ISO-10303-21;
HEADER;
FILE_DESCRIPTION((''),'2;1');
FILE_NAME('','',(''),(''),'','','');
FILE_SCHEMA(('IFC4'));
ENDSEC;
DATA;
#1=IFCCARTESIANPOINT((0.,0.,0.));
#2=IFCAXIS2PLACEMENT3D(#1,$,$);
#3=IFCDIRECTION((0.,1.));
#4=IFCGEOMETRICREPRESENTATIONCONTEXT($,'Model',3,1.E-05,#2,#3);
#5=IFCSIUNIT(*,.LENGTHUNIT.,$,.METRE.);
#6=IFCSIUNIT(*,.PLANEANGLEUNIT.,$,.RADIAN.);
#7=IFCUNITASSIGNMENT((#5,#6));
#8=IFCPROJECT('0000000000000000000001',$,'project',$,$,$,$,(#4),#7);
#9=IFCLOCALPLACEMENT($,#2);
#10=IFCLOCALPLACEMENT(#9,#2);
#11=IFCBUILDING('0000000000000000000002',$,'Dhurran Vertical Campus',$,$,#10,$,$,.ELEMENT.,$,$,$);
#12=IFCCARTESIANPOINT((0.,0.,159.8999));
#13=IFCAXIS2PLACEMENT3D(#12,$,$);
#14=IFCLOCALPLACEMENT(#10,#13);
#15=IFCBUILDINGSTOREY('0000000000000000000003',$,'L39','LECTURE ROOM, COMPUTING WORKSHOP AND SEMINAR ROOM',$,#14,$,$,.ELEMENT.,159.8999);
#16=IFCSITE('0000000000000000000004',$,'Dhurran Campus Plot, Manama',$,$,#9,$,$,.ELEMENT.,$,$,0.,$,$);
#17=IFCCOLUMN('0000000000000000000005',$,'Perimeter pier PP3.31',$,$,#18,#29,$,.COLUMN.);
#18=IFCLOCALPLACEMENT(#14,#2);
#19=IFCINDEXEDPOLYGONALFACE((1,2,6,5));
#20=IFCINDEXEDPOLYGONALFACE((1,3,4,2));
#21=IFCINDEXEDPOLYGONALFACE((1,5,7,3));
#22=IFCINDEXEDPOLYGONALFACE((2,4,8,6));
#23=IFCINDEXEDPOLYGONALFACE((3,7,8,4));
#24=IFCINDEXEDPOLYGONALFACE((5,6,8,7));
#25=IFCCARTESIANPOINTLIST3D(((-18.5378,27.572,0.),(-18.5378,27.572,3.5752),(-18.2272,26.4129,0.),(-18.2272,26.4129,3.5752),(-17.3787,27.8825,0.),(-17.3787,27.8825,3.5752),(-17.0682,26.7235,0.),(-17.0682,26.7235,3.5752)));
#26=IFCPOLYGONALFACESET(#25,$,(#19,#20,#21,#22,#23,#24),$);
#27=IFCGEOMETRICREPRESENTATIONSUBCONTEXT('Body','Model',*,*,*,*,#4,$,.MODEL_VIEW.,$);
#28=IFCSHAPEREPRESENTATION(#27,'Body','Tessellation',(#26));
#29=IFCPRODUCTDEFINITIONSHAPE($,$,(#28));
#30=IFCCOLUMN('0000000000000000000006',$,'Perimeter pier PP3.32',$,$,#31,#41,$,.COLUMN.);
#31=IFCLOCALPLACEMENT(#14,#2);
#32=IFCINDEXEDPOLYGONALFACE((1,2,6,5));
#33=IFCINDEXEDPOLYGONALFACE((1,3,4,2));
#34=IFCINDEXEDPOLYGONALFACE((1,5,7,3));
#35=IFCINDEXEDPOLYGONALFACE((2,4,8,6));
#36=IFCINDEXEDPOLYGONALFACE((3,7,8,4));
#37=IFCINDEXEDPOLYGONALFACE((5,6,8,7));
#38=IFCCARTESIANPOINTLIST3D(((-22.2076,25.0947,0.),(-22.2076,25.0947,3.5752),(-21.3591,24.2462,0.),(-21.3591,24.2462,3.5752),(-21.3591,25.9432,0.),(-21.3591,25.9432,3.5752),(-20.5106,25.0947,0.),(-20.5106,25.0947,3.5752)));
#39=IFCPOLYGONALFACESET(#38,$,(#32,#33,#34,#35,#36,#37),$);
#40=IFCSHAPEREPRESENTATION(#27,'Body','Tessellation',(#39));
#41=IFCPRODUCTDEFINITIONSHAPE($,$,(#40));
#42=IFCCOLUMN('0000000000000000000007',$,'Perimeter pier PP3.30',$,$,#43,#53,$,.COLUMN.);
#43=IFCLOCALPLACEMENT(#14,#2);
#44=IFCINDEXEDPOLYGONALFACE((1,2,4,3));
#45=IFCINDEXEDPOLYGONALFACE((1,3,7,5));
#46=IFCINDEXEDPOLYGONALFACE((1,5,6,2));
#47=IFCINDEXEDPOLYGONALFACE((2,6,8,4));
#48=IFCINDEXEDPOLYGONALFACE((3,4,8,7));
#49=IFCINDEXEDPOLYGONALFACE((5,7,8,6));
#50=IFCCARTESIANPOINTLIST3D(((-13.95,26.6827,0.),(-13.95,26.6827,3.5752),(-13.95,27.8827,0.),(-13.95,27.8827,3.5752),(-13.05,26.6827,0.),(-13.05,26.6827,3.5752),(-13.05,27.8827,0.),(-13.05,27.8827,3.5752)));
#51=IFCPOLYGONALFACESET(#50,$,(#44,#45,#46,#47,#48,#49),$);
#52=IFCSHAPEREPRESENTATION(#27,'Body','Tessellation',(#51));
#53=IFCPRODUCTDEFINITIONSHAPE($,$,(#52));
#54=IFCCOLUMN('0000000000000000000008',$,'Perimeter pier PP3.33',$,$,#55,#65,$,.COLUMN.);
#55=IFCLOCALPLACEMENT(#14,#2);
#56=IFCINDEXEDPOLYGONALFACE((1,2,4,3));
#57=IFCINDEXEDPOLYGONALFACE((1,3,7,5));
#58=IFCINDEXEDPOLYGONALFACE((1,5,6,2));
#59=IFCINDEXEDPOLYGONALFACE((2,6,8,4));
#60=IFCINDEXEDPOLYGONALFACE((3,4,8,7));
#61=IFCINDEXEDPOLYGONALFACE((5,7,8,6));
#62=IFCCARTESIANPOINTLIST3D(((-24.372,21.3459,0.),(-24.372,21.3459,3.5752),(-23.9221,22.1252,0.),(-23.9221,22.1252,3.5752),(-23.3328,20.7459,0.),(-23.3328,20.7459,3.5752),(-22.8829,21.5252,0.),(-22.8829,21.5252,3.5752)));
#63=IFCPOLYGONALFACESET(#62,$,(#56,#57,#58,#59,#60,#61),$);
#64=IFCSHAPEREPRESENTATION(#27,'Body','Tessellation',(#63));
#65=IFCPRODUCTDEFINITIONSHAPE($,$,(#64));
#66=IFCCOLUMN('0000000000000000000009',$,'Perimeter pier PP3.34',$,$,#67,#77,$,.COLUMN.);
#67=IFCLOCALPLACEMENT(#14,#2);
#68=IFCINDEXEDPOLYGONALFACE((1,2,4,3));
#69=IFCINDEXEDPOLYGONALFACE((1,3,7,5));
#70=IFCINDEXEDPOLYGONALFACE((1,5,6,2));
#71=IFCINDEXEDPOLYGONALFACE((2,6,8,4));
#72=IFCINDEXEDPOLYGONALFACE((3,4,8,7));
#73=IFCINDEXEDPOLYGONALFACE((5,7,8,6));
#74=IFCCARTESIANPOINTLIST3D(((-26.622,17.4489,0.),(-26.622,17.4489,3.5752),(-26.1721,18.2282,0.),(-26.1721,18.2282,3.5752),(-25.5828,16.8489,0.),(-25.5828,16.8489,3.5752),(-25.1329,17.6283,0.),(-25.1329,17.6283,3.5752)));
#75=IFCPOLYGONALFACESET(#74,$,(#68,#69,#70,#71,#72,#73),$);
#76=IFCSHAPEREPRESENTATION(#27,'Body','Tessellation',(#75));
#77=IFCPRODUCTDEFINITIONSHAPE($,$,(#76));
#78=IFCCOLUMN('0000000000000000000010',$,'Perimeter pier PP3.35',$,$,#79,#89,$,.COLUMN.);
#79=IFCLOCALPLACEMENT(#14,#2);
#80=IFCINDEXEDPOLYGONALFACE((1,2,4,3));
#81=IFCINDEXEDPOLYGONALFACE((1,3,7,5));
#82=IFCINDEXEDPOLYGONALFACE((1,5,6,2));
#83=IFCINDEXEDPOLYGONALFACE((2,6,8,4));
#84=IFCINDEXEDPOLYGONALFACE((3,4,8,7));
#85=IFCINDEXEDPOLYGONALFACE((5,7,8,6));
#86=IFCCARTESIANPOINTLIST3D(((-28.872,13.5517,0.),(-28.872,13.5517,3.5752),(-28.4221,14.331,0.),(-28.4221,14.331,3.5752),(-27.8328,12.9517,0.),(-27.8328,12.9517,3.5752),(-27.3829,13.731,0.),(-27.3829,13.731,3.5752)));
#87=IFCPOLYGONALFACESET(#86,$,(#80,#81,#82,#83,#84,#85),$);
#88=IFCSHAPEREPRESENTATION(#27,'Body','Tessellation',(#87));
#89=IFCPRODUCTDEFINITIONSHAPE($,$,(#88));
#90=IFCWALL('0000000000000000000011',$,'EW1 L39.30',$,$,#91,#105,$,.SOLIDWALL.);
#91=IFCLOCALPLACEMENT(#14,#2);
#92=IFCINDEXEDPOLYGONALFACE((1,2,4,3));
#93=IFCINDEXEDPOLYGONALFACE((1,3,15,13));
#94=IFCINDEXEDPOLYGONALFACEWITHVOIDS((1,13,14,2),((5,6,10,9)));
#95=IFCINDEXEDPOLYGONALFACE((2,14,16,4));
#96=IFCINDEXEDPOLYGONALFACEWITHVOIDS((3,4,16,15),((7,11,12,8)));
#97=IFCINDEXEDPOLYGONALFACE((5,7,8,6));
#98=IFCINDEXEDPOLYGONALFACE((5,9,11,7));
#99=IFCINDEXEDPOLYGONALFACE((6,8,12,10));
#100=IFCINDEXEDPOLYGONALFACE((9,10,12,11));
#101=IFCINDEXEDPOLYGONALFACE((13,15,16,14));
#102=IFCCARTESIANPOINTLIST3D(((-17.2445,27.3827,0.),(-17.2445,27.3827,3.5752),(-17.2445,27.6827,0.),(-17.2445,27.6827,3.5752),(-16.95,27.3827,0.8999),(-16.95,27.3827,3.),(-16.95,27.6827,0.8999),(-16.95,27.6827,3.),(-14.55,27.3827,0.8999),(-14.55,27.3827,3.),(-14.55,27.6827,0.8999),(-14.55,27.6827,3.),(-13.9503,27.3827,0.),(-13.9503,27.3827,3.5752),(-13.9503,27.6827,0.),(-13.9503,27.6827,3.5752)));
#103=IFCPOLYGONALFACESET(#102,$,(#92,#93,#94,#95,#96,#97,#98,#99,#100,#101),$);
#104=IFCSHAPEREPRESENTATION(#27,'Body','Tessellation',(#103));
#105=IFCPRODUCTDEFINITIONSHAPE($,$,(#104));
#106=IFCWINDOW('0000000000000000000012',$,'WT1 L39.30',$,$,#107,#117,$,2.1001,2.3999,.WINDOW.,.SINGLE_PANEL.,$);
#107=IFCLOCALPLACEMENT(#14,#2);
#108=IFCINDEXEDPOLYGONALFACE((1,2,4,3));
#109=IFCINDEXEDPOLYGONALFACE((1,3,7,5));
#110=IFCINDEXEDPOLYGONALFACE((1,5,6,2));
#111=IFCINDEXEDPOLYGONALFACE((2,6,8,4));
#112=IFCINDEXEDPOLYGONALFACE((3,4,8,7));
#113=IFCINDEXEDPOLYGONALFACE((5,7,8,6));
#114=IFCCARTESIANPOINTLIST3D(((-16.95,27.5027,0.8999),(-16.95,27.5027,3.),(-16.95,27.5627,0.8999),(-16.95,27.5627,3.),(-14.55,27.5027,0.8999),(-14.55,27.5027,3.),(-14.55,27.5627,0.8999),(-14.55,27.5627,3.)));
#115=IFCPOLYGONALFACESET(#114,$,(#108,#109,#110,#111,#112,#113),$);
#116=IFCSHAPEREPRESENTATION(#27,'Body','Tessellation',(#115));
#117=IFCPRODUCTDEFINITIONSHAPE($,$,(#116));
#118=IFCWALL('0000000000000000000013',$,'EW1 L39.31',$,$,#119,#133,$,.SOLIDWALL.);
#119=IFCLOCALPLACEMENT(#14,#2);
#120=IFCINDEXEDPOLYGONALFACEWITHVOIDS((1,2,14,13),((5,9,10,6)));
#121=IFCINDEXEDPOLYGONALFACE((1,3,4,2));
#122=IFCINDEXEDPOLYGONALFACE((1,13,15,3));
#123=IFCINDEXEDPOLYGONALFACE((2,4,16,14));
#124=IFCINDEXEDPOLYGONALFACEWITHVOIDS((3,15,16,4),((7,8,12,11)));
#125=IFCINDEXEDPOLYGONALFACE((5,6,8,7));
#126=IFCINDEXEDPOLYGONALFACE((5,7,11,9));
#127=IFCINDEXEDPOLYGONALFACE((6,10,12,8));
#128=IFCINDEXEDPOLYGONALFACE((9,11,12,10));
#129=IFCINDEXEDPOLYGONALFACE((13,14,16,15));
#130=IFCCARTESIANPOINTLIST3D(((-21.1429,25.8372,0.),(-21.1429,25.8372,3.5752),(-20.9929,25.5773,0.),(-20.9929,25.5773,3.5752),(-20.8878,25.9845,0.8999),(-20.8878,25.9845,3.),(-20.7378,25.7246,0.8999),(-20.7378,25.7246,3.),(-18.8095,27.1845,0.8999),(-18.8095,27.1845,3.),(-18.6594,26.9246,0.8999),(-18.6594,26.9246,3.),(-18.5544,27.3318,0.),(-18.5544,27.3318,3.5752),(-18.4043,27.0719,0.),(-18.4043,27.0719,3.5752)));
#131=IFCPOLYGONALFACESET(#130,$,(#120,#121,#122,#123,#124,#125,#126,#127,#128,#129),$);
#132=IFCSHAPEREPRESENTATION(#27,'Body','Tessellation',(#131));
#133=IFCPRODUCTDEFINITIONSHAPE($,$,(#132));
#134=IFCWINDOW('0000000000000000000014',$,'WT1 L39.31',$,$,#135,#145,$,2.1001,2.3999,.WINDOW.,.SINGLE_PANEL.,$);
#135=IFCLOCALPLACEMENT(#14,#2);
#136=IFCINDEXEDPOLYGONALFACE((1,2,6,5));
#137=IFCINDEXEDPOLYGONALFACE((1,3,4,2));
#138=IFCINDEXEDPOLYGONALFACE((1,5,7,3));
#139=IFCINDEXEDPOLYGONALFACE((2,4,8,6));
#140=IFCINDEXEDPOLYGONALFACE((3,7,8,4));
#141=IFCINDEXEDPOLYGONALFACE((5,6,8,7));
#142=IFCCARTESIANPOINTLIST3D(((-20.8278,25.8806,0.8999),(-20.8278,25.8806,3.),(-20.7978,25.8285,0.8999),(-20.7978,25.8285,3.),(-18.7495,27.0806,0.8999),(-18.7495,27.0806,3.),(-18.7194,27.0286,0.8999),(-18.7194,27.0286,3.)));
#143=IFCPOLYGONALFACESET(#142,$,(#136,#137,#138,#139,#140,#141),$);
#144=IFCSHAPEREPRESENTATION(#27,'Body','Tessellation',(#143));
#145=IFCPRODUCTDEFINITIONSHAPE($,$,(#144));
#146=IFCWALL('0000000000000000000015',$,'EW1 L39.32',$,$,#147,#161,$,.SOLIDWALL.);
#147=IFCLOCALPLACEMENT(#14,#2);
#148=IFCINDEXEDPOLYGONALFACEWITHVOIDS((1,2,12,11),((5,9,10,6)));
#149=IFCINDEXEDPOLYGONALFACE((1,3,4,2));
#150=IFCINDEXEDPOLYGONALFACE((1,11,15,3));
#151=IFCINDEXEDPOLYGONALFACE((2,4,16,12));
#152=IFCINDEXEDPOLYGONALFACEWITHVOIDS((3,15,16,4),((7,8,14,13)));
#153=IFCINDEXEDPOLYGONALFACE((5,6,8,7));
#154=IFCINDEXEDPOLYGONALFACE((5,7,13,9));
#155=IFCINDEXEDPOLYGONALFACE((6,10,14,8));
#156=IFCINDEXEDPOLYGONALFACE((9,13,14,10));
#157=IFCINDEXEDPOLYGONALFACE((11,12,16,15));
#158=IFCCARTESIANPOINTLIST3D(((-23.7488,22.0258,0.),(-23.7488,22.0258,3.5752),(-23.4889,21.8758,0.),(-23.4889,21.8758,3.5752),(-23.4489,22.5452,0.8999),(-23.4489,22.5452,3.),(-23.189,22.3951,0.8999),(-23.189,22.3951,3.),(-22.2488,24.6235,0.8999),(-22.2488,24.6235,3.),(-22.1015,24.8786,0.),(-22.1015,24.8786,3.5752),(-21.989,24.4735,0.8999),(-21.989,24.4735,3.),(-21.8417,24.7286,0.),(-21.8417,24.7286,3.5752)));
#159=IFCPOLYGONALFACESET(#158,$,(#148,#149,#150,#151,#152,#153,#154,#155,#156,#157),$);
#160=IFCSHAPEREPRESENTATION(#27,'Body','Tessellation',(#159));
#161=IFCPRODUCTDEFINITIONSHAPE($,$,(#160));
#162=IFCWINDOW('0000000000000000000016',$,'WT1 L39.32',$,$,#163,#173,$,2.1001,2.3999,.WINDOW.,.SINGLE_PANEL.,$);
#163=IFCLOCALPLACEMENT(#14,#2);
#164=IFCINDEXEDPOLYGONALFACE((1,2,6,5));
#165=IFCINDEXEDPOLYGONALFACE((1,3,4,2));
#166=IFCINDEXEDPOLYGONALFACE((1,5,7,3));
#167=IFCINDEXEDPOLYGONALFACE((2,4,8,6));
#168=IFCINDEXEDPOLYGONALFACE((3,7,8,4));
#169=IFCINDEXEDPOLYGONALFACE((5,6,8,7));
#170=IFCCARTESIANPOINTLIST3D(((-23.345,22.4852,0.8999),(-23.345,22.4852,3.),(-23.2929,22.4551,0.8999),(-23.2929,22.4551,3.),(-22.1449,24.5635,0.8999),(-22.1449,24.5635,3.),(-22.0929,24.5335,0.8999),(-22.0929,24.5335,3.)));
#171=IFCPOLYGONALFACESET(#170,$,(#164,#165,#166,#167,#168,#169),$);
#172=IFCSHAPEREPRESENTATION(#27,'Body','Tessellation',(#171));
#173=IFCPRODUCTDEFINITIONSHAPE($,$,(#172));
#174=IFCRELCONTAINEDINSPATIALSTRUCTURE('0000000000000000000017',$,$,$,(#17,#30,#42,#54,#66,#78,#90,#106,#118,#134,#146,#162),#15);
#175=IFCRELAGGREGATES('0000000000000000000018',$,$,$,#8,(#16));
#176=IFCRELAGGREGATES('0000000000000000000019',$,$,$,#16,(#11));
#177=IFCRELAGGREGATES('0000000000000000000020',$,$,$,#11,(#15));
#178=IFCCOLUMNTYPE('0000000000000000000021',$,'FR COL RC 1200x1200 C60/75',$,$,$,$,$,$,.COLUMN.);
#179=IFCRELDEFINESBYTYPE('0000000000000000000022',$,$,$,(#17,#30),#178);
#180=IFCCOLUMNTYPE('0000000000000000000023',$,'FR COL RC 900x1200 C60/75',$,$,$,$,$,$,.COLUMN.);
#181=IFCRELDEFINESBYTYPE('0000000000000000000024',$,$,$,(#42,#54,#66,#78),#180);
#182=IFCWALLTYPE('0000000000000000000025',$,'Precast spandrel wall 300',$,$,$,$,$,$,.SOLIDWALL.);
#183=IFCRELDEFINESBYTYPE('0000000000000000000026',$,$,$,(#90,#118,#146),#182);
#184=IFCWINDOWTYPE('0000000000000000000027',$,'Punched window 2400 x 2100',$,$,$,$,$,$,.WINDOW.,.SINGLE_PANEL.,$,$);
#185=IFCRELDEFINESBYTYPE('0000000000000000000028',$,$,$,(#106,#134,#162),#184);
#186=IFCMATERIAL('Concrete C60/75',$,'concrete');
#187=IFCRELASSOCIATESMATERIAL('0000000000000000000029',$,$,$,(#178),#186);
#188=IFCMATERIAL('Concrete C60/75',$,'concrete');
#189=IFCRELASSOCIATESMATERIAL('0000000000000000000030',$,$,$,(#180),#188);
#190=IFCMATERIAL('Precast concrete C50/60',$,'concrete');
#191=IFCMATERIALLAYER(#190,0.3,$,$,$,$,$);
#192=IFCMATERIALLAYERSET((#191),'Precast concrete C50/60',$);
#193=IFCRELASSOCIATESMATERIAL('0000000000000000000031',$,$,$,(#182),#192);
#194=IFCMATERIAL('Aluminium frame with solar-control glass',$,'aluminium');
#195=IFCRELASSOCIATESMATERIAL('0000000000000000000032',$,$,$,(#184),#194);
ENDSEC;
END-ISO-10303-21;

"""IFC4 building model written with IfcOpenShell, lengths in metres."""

from ifc_helpers import new_model, si_unit, direction, frame, frame_2d, origin, origin_2d, place, context, subcontext, project, spatial, rectangle, extrude, material, layer, layer_set, material_profile, profile_set, type_object, element, fill, save


model = new_model("IFC4")

# Units and contexts
model_context = context("Model", 3, precision=1e-05, world=origin(), true_north=direction((0.0, 1.0)))
body_context = subcontext(model_context, "Body", "Model", "MODEL_VIEW")
ifc_project = project(units=[si_unit("LENGTHUNIT", "METRE"), si_unit("PLANEANGLEUNIT", "RADIAN")], contexts=[model_context])

# Site, building, storey
site_placement = place(None, origin())
site = spatial("IfcSite", under=ifc_project, at=site_placement, Name="Dhurran Campus Plot, Manama", CompositionType="ELEMENT", RefElevation=0.0)
building_placement = place(site_placement, origin())
building = spatial("IfcBuilding", under=site, at=building_placement, Name="Dhurran Vertical Campus", CompositionType="ELEMENT")
storey_placement = place(building_placement, frame((0.0, 0.0, 159.8999)))
storey = spatial("IfcBuildingStorey", under=building, at=storey_placement, Name="L39", Description="LECTURE ROOM, COMPUTING WORKSHOP AND SEMINAR ROOM", CompositionType="ELEMENT", Elevation=159.8999)

# Columns
ifc_material_1 = material(Name="Concrete C60/75", Category="concrete")
ifc_material_profile_1 = material_profile(ifc_material_1, rectangle(XDim=1.2, YDim=1.2, at=origin_2d()), Name="RC 1200x1200")
ifc_profile_set_1 = profile_set([ifc_material_profile_1], Name="Concrete C60/75")
column_type_1 = type_object("IfcColumnType", Name="FR COL RC 1200x1200 C60/75", PredefinedType="COLUMN", material=ifc_profile_set_1)
for number, where, z_axis, x_axis, name in (
    (1, (-17.803, 27.1477, 0.0), (0.0, 0.0, 1.0), (-0.965926, -0.258819, 0.0), "Perimeter pier PP3.31"),
    (2, (-21.3591, 25.0947, 0.0), (0.0, 0.0, 1.0), (-0.707107, -0.707107, 0.0), "Perimeter pier PP3.32"),
):
    element("IfcColumn", number, at=place(storey_placement, frame(where, z_axis=z_axis, x_axis=x_axis)), inside=storey, type_object=column_type_1, Name=name, PredefinedType="COLUMN", context=body_context, shape_type="SweptSolid", body=[
        extrude(rectangle(XDim=1.2, YDim=1.2, at=origin_2d()), origin(), (0.0, 0.0, 1.0), 3.5752),
    ])
ifc_material_2 = material(Name="Concrete C60/75", Category="concrete")
ifc_material_profile_2 = material_profile(ifc_material_2, rectangle(XDim=0.8999, YDim=1.2, at=origin_2d()), Name="RC 900x1200")
ifc_profile_set_2 = profile_set([ifc_material_profile_2], Name="Concrete C60/75")
column_type_2 = type_object("IfcColumnType", Name="FR COL RC 900x1200 C60/75", PredefinedType="COLUMN", material=ifc_profile_set_2)
for number, where, z_axis, x_axis, name in (
    (3, (-13.5, 27.2827, 0.0), (0.0, 0.0, 1.0), (-1.0, 0.0, 0.0), "Perimeter pier PP3.30"),
    (4, (-23.6274, 21.4355, 0.0), (0.0, 0.0, 1.0), (-0.5, -0.866025, 0.0), "Perimeter pier PP3.33"),
    (5, (-25.8774, 17.5386, 0.0), (0.0, 0.0, 1.0), (-0.5, -0.866025, 0.0), "Perimeter pier PP3.34"),
    (6, (-28.1274, 13.6414, 0.0), (0.0, 0.0, 1.0), (-0.5, -0.866025, 0.0), "Perimeter pier PP3.35"),
):
    element("IfcColumn", number, at=place(storey_placement, frame(where, z_axis=z_axis, x_axis=x_axis)), inside=storey, type_object=column_type_2, Name=name, PredefinedType="COLUMN", context=body_context, shape_type="SweptSolid", body=[
        extrude(rectangle(XDim=0.8999, YDim=1.2, at=origin_2d()), origin(), (0.0, 0.0, 1.0), 3.5752),
    ])

# Walls, openings, windows
ifc_material_3 = material(Name="Precast concrete C50/60", Category="concrete")
ifc_layer_1 = layer(ifc_material_3, 0.3)
ifc_layer_set_1 = layer_set([ifc_layer_1], Name="Precast concrete C50/60")
wall_type_1 = type_object("IfcWallType", Name="Precast spandrel wall 300", PredefinedType="SOLIDWALL", material=ifc_layer_set_1)
wall_1_placement = place(storey_placement, frame((-13.9504, 27.5327, 0.0), z_axis=(0.0, 0.0, 1.0), x_axis=(-1.0, 0.0, 0.0)))
wall_1 = element("IfcWall", 7, at=wall_1_placement, inside=storey, type_object=wall_type_1, Name="EW1 L39.30", PredefinedType="SOLIDWALL", context=body_context, shape_type="SweptSolid", body=[
    extrude(rectangle(XDim=3.2942, YDim=0.3, at=frame_2d((1.647, 0.0))), origin(), (0.0, 0.0, 1.0), 3.5752),
])
opening_1_placement = place(wall_1_placement, frame((0.5996, 0.0, 0.8999)))
opening_1 = element("IfcOpeningElement", 8, at=opening_1_placement, cuts=wall_1, PredefinedType="OPENING", context=body_context, shape_type="SweptSolid", body=[
    extrude(rectangle(XDim=2.3999, YDim=2.1001, at=frame_2d((1.2, 1.05))), frame((0.0, 0.1599, 0.0), z_axis=(0.0, -1.0, 0.0), x_axis=(1.0, 0.0, 0.0)), (0.0, 0.0, 1.0), 0.3201),
])
ifc_material_4 = material(Name="Aluminium frame with solar-control glass", Category="aluminium")
window_type = type_object("IfcWindowType", Name="Punched window 2400 x 2100", PartitioningType="SINGLE_PANEL", PredefinedType="WINDOW", material=ifc_material_4)
window_1_placement = place(opening_1_placement, origin())
window_1 = element("IfcWindow", 9, at=window_1_placement, inside=storey, type_object=window_type, Name="WT1 L39.30", OverallHeight=2.1001, OverallWidth=2.3999, PartitioningType="SINGLE_PANEL", PredefinedType="WINDOW", context=body_context, shape_type="SweptSolid", body=[
    extrude(rectangle(XDim=2.3999, YDim=2.1001, at=frame_2d((1.2, 1.05))), frame((0.0, 0.03, 0.0), z_axis=(0.0, -1.0, 0.0), x_axis=(1.0, 0.0, 0.0)), (0.0, 0.0, 1.0), 0.0601),
])
fill(opening_1, window_1)
wall_2_placement = place(storey_placement, frame((-18.4792, 27.2019, 0.0), z_axis=(0.0, 0.0, 1.0), x_axis=(-0.866013, -0.500022, 0.0)))
wall_2 = element("IfcWall", 10, at=wall_2_placement, inside=storey, type_object=wall_type_1, Name="EW1 L39.31", PredefinedType="SOLIDWALL", context=body_context, shape_type="SweptSolid", body=[
    extrude(rectangle(XDim=2.989, YDim=0.3, at=frame_2d((1.4946, 0.0))), origin(), (0.0, 0.0, 1.0), 3.5752),
])
opening_2_placement = place(wall_2_placement, frame((0.2947, 0.0, 0.8999)))
opening_2 = element("IfcOpeningElement", 11, at=opening_2_placement, cuts=wall_2, PredefinedType="OPENING", context=body_context, shape_type="SweptSolid", body=[
    extrude(rectangle(XDim=2.3999, YDim=2.1001, at=frame_2d((1.2, 1.05))), frame((0.0, 0.1599, 0.0), z_axis=(0.0, -1.0, 0.0), x_axis=(1.0, 0.0, 0.0)), (0.0, 0.0, 1.0), 0.3201),
])
window_2_placement = place(opening_2_placement, origin())
window_2 = element("IfcWindow", 12, at=window_2_placement, inside=storey, type_object=window_type, Name="WT1 L39.31", OverallHeight=2.1001, OverallWidth=2.3999, PartitioningType="SINGLE_PANEL", PredefinedType="WINDOW", context=body_context, shape_type="SweptSolid", body=[
    extrude(rectangle(XDim=2.3999, YDim=2.1001, at=frame_2d((1.2, 1.05))), frame((0.0, 0.03, 0.0), z_axis=(0.0, -1.0, 0.0), x_axis=(1.0, 0.0, 0.0)), (0.0, 0.0, 1.0), 0.0601),
])
fill(opening_2, window_2)
wall_3_placement = place(storey_placement, frame((-21.9717, 24.8035, 0.0), z_axis=(0.0, 0.0, 1.0), x_axis=(-0.500037, -0.866004, 0.0)))
wall_3 = element("IfcWall", 13, at=wall_3_placement, inside=storey, type_object=wall_type_1, Name="EW1 L39.32", PredefinedType="SOLIDWALL", context=body_context, shape_type="SweptSolid", body=[
    extrude(rectangle(XDim=3.2942, YDim=0.3, at=frame_2d((1.647, 0.0))), origin(), (0.0, 0.0, 1.0), 3.5752),
])
opening_3_placement = place(wall_3_placement, frame((0.2944, 0.0, 0.8999)))
opening_3 = element("IfcOpeningElement", 14, at=opening_3_placement, cuts=wall_3, PredefinedType="OPENING", context=body_context, shape_type="SweptSolid", body=[
    extrude(rectangle(XDim=2.3999, YDim=2.1001, at=frame_2d((1.2, 1.05))), frame((0.0, 0.1599, 0.0), z_axis=(0.0, -1.0, 0.0), x_axis=(1.0, 0.0, 0.0)), (0.0, 0.0, 1.0), 0.3201),
])
window_3_placement = place(opening_3_placement, origin())
window_3 = element("IfcWindow", 15, at=window_3_placement, inside=storey, type_object=window_type, Name="WT1 L39.32", OverallHeight=2.1001, OverallWidth=2.3999, PartitioningType="SINGLE_PANEL", PredefinedType="WINDOW", context=body_context, shape_type="SweptSolid", body=[
    extrude(rectangle(XDim=2.3999, YDim=2.1001, at=frame_2d((1.2, 1.05))), frame((0.0, 0.03, 0.0), z_axis=(0.0, -1.0, 0.0), x_axis=(1.0, 0.0, 0.0)), (0.0, 0.0, 1.0), 0.0601),
])
fill(opening_3, window_3)

save(model, "model.ifc")
